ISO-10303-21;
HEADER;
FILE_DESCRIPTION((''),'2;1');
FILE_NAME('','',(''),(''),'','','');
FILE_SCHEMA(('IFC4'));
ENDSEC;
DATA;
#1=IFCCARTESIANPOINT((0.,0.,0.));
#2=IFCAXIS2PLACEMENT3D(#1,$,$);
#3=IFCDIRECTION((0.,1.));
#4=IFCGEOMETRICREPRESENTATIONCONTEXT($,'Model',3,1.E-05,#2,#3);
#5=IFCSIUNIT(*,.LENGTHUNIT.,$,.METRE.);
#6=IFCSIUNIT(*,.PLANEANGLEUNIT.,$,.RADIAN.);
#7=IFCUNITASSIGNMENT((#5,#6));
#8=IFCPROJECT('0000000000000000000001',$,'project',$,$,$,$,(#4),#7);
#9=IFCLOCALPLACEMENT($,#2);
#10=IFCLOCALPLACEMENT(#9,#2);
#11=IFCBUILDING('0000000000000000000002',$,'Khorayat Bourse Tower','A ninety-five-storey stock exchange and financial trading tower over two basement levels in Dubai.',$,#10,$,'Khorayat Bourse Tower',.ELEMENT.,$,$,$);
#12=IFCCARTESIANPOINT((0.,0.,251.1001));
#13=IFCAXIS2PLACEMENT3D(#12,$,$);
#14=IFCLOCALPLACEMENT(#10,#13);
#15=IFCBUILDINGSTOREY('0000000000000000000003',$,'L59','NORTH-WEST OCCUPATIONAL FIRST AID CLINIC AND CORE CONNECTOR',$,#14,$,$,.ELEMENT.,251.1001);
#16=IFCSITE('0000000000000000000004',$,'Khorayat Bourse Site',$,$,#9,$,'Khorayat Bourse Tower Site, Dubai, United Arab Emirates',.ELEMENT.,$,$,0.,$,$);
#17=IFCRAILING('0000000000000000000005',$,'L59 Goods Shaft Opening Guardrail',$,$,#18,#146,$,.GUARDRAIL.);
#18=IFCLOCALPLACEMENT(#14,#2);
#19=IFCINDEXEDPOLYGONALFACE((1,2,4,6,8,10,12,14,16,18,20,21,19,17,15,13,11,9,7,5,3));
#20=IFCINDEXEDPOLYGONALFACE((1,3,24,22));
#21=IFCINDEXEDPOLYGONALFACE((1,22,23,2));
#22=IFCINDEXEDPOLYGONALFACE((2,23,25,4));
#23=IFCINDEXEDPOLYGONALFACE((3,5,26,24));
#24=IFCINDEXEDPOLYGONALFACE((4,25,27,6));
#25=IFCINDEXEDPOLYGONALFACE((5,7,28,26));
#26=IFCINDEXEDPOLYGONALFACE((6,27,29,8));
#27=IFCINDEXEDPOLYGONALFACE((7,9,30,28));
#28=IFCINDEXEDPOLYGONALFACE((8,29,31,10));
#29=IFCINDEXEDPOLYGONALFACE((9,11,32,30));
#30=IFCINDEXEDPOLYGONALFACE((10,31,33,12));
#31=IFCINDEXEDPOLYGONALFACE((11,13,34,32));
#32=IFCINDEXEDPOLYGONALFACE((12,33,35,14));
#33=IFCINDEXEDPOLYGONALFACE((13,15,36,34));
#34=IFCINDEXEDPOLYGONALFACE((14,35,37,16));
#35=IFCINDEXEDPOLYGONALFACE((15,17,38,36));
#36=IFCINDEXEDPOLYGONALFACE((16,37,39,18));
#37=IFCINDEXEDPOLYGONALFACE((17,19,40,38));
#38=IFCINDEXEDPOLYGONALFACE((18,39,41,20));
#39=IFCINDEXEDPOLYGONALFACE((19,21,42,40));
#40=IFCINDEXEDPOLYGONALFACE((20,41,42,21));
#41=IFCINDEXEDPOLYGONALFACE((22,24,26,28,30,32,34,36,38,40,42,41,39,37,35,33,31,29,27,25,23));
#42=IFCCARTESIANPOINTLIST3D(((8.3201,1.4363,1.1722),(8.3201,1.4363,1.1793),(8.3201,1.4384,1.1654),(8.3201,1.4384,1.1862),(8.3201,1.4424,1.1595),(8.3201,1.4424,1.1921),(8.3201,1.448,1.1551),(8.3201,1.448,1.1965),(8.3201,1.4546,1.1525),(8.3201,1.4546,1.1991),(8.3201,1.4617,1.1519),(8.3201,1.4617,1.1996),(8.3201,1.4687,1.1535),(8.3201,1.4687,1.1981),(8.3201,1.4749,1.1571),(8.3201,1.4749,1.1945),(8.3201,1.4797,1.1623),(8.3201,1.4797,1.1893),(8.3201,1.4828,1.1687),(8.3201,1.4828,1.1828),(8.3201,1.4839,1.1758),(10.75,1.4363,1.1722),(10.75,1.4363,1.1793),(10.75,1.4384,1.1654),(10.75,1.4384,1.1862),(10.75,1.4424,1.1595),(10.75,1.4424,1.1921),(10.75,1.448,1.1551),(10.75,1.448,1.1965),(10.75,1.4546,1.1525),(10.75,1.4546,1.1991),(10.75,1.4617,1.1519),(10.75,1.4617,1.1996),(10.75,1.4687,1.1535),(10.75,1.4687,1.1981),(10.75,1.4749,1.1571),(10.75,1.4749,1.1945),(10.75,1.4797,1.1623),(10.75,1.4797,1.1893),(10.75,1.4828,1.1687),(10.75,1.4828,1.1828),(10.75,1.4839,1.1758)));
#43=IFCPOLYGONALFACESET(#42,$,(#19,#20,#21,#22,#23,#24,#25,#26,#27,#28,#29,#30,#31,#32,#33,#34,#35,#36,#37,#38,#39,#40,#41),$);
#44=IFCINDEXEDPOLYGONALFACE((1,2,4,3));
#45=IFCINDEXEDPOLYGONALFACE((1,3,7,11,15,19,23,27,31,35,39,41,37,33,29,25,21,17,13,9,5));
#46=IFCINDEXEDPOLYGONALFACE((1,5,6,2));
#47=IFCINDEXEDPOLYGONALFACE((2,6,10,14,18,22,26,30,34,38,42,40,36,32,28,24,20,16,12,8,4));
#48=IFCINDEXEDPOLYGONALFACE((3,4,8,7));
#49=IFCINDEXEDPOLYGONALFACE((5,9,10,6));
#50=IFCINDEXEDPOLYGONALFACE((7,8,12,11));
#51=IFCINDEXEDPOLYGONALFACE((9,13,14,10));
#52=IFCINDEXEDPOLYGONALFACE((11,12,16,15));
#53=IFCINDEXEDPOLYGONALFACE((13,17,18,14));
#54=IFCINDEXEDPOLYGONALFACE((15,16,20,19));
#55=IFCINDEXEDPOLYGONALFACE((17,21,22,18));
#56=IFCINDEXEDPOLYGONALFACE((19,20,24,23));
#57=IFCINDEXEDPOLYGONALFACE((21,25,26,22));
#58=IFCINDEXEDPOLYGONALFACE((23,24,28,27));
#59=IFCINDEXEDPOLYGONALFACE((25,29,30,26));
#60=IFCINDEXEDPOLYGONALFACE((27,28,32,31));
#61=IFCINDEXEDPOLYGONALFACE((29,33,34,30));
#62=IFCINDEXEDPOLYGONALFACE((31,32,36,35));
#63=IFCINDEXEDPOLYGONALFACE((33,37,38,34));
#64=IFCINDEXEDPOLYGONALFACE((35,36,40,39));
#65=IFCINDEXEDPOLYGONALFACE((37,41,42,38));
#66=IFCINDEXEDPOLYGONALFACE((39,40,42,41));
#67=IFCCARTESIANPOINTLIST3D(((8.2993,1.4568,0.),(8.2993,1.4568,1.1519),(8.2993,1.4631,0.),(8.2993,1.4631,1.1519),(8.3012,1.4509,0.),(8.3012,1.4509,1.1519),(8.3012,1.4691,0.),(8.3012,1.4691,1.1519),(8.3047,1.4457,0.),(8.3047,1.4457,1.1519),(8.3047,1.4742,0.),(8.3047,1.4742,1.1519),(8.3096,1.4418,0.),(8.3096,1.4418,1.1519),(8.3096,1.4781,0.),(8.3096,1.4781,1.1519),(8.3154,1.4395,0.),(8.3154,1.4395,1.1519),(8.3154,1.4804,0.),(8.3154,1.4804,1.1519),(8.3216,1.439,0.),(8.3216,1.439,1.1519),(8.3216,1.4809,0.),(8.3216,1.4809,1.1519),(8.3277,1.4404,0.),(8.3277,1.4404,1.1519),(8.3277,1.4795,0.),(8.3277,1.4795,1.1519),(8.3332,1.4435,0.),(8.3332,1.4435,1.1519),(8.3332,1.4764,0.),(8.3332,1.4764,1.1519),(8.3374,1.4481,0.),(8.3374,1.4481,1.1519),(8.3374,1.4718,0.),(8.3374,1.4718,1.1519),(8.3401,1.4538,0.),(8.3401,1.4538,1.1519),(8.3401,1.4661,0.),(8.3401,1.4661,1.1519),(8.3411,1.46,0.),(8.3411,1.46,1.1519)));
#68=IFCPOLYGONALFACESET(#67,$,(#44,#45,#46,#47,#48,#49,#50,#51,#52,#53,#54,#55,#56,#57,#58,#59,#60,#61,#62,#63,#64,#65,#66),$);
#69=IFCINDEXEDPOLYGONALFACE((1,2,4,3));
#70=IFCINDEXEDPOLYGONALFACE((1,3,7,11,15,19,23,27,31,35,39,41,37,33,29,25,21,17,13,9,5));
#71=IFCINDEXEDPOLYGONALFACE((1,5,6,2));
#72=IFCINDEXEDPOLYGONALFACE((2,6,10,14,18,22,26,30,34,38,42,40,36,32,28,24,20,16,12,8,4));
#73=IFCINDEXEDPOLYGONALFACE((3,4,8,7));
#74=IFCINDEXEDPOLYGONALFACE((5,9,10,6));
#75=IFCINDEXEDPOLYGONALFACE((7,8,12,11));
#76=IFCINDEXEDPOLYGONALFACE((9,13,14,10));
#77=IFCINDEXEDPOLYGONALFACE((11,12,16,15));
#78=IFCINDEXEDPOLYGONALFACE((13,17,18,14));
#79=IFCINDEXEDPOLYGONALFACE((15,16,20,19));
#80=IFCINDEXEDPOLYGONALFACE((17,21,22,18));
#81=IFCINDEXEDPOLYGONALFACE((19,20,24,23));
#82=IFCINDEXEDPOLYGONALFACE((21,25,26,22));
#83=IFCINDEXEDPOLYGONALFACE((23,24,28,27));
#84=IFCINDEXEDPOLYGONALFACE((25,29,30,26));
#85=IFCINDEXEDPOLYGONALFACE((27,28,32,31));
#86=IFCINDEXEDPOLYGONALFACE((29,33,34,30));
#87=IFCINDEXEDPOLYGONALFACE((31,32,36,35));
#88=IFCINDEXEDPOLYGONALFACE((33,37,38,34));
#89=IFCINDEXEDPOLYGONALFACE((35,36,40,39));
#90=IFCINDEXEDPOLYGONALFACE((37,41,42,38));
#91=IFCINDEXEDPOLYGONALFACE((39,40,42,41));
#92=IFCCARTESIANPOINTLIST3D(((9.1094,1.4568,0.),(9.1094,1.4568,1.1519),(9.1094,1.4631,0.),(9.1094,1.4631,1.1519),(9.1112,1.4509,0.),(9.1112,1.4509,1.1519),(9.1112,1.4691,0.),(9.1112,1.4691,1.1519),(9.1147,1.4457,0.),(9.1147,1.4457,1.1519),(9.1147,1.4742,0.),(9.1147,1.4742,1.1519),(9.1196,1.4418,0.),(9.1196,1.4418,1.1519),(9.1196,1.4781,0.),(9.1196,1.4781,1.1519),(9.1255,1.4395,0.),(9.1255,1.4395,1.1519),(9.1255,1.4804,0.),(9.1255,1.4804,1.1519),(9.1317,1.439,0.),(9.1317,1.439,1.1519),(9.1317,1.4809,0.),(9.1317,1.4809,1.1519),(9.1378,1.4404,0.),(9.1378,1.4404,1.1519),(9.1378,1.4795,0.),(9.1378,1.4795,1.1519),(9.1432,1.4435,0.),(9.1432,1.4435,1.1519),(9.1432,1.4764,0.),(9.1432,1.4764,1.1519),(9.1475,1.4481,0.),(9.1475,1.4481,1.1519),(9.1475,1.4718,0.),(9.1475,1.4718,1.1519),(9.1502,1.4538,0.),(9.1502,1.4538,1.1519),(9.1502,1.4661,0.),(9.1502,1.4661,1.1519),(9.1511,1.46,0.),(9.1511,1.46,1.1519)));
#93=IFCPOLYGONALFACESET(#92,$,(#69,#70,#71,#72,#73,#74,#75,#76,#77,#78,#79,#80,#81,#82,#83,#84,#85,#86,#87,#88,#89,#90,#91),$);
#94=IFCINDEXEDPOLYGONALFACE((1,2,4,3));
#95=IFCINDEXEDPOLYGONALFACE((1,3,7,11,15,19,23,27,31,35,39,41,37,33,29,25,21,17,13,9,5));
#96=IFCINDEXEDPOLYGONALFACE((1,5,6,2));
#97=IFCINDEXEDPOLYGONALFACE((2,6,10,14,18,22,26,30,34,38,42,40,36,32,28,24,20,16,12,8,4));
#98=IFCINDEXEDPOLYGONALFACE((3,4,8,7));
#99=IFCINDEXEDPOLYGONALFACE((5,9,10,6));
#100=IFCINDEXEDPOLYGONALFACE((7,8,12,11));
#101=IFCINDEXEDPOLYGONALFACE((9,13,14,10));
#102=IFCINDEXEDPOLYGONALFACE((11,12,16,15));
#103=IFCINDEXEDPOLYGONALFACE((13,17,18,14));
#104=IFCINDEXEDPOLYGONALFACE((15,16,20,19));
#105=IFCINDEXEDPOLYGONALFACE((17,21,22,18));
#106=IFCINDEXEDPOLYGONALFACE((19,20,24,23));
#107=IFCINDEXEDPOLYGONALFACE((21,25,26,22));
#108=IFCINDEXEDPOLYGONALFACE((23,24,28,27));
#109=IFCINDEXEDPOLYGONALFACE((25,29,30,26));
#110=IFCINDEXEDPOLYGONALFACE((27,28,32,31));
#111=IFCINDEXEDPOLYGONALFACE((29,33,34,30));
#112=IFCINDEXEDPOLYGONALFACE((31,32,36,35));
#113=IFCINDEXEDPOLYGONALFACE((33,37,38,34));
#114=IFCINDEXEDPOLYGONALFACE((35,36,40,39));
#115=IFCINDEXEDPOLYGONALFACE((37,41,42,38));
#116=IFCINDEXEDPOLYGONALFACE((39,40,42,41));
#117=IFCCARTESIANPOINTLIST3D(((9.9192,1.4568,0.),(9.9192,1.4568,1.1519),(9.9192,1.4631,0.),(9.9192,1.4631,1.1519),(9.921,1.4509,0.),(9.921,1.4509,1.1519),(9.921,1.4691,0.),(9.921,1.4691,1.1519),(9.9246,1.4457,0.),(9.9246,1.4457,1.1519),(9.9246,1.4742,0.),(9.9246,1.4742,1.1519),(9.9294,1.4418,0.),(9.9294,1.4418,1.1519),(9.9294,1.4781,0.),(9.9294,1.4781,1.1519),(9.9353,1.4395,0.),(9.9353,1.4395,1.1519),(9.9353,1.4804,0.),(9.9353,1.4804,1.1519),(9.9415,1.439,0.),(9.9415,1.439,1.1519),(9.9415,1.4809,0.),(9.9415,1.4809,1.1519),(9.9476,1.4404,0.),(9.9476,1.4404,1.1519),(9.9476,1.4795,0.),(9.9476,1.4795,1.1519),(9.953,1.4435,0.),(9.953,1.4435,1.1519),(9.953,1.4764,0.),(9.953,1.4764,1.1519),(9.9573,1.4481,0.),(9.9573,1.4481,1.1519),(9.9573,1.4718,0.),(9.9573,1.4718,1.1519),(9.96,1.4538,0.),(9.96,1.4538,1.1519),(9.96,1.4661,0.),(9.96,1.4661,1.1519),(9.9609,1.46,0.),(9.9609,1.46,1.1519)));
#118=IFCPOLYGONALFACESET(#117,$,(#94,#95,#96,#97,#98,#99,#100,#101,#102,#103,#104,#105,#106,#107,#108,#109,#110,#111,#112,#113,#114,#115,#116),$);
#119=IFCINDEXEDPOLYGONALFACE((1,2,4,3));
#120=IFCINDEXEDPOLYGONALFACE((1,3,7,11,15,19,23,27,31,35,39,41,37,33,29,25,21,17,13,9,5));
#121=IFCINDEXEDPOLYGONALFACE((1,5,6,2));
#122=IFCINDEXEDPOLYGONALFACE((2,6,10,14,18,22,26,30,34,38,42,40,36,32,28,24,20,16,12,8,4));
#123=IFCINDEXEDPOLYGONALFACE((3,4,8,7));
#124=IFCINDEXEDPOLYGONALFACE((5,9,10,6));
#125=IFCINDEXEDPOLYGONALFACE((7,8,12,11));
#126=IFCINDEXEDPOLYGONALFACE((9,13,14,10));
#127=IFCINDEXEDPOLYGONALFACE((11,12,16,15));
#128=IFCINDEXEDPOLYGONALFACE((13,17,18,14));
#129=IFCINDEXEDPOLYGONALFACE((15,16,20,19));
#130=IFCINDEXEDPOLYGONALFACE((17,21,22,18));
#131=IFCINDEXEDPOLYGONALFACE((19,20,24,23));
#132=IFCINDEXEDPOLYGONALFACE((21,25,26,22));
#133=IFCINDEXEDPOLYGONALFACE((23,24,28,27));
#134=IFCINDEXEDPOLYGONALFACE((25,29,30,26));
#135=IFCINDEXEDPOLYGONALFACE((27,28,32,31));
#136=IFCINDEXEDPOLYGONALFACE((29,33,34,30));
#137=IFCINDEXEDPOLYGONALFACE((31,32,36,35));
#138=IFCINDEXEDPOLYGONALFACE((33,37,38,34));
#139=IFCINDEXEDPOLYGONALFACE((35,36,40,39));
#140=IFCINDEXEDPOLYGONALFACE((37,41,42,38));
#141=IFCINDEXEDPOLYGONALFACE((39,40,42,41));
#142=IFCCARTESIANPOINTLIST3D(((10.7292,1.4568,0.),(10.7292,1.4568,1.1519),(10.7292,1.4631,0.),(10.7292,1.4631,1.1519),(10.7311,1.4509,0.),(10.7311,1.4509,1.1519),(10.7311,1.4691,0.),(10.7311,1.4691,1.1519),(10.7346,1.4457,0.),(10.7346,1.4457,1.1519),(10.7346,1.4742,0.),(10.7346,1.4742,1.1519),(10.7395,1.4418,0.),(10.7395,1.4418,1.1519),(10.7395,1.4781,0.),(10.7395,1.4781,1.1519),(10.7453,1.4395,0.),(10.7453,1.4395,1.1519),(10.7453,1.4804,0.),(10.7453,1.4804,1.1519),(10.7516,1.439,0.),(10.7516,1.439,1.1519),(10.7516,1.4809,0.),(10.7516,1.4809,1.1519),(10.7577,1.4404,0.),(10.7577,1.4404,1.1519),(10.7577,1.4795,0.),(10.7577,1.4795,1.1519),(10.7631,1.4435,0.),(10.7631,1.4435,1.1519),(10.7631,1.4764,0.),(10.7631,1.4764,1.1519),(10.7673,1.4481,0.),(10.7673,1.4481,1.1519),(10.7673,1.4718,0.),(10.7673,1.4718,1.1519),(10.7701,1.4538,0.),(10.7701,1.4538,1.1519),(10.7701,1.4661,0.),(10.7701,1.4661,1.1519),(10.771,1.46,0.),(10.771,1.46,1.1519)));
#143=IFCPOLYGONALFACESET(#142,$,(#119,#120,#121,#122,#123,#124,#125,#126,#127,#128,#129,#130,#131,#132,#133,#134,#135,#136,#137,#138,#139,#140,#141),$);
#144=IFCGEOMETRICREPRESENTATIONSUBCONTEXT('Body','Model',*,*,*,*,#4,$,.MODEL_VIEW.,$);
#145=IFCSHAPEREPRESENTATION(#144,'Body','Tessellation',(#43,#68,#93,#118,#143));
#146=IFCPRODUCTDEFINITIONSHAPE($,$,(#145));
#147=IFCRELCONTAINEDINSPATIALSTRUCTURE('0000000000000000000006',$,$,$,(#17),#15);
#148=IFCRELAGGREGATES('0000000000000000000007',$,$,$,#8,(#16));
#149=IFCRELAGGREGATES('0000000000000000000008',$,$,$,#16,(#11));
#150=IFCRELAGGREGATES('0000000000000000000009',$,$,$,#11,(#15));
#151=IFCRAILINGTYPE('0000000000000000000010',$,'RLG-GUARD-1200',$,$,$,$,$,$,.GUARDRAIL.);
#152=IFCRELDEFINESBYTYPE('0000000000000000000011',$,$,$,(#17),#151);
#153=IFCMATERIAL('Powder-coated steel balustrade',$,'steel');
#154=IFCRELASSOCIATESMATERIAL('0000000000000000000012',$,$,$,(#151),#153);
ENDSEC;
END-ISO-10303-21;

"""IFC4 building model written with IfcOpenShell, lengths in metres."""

from ifc_helpers import new_model, si_unit, direction, frame, origin, origin_2d, place, context, subcontext, project, spatial, circle, extrude, source, transform, mapped, material, type_object, element, save


model = new_model("IFC4")

# Units and contexts
model_context = context("Model", 3, precision=1e-05, world=origin(), true_north=direction((0.0, 1.0)))
body_context = subcontext(model_context, "Body", "Model", "MODEL_VIEW")
ifc_project = project(units=[si_unit("LENGTHUNIT", "METRE"), si_unit("PLANEANGLEUNIT", "RADIAN")], contexts=[model_context])

# Site, building, storey
site_placement = place(None, origin())
site = spatial("IfcSite", under=ifc_project, at=site_placement, Name="Khorayat Bourse Site", LongName="Khorayat Bourse Tower Site, Dubai, United Arab Emirates", CompositionType="ELEMENT", RefElevation=0.0)
building_placement = place(site_placement, origin())
building = spatial("IfcBuilding", under=site, at=building_placement, Name="Khorayat Bourse Tower", Description="A ninety-five-storey stock exchange and financial trading tower over two basement levels in Dubai.", LongName="Khorayat Bourse Tower", CompositionType="ELEMENT")
storey_placement = place(building_placement, frame((0.0, 0.0, 251.1001)))
storey = spatial("IfcBuildingStorey", under=building, at=storey_placement, Name="L59", Description="NORTH-WEST OCCUPATIONAL FIRST AID CLINIC AND CORE CONNECTOR", CompositionType="ELEMENT", Elevation=251.1001)

# Railing
ifc_material_1 = material(Name="Powder-coated steel balustrade", Category="steel")
railing_type = type_object("IfcRailingType", Name="RLG-GUARD-1200", PredefinedType="GUARDRAIL", material=ifc_material_1)
shared_shape_1 = source(origin(), body_context, "Body", "SweptSolid", [
    extrude(circle(Radius=0.0239, at=origin_2d()), frame((0.0, 0.0, 1.1758), z_axis=(1.0, 0.0, 0.0), x_axis=(0.0, 1.0, 0.0)), (0.0, 0.0, 1.0), 2.4299),
    extrude(circle(Radius=0.021, at=origin_2d()), origin(), (0.0, 0.0, 1.0), 1.1519),
    extrude(circle(Radius=0.021, at=origin_2d()), frame((0.8101, 0.0, 0.0)), (0.0, 0.0, 1.0), 1.1519),
    extrude(circle(Radius=0.021, at=origin_2d()), frame((1.6199, 0.0, 0.0)), (0.0, 0.0, 1.0), 1.1519),
    extrude(circle(Radius=0.021, at=origin_2d()), frame((2.4299, 0.0, 0.0)), (0.0, 0.0, 1.0), 1.1519),
])
railing_placement = place(storey_placement, frame((8.3201, 1.46, 0.0)))
element("IfcRailing", 1, at=railing_placement, inside=storey, type_object=railing_type, Name="L59 Goods Shaft Opening Guardrail", PredefinedType="GUARDRAIL", context=body_context, shape_type="MappedRepresentation", body=[
    mapped(shared_shape_1, transform((0.0, 0.0, 0.0), scale=1.0)),
])

save(model, "model.ifc")
